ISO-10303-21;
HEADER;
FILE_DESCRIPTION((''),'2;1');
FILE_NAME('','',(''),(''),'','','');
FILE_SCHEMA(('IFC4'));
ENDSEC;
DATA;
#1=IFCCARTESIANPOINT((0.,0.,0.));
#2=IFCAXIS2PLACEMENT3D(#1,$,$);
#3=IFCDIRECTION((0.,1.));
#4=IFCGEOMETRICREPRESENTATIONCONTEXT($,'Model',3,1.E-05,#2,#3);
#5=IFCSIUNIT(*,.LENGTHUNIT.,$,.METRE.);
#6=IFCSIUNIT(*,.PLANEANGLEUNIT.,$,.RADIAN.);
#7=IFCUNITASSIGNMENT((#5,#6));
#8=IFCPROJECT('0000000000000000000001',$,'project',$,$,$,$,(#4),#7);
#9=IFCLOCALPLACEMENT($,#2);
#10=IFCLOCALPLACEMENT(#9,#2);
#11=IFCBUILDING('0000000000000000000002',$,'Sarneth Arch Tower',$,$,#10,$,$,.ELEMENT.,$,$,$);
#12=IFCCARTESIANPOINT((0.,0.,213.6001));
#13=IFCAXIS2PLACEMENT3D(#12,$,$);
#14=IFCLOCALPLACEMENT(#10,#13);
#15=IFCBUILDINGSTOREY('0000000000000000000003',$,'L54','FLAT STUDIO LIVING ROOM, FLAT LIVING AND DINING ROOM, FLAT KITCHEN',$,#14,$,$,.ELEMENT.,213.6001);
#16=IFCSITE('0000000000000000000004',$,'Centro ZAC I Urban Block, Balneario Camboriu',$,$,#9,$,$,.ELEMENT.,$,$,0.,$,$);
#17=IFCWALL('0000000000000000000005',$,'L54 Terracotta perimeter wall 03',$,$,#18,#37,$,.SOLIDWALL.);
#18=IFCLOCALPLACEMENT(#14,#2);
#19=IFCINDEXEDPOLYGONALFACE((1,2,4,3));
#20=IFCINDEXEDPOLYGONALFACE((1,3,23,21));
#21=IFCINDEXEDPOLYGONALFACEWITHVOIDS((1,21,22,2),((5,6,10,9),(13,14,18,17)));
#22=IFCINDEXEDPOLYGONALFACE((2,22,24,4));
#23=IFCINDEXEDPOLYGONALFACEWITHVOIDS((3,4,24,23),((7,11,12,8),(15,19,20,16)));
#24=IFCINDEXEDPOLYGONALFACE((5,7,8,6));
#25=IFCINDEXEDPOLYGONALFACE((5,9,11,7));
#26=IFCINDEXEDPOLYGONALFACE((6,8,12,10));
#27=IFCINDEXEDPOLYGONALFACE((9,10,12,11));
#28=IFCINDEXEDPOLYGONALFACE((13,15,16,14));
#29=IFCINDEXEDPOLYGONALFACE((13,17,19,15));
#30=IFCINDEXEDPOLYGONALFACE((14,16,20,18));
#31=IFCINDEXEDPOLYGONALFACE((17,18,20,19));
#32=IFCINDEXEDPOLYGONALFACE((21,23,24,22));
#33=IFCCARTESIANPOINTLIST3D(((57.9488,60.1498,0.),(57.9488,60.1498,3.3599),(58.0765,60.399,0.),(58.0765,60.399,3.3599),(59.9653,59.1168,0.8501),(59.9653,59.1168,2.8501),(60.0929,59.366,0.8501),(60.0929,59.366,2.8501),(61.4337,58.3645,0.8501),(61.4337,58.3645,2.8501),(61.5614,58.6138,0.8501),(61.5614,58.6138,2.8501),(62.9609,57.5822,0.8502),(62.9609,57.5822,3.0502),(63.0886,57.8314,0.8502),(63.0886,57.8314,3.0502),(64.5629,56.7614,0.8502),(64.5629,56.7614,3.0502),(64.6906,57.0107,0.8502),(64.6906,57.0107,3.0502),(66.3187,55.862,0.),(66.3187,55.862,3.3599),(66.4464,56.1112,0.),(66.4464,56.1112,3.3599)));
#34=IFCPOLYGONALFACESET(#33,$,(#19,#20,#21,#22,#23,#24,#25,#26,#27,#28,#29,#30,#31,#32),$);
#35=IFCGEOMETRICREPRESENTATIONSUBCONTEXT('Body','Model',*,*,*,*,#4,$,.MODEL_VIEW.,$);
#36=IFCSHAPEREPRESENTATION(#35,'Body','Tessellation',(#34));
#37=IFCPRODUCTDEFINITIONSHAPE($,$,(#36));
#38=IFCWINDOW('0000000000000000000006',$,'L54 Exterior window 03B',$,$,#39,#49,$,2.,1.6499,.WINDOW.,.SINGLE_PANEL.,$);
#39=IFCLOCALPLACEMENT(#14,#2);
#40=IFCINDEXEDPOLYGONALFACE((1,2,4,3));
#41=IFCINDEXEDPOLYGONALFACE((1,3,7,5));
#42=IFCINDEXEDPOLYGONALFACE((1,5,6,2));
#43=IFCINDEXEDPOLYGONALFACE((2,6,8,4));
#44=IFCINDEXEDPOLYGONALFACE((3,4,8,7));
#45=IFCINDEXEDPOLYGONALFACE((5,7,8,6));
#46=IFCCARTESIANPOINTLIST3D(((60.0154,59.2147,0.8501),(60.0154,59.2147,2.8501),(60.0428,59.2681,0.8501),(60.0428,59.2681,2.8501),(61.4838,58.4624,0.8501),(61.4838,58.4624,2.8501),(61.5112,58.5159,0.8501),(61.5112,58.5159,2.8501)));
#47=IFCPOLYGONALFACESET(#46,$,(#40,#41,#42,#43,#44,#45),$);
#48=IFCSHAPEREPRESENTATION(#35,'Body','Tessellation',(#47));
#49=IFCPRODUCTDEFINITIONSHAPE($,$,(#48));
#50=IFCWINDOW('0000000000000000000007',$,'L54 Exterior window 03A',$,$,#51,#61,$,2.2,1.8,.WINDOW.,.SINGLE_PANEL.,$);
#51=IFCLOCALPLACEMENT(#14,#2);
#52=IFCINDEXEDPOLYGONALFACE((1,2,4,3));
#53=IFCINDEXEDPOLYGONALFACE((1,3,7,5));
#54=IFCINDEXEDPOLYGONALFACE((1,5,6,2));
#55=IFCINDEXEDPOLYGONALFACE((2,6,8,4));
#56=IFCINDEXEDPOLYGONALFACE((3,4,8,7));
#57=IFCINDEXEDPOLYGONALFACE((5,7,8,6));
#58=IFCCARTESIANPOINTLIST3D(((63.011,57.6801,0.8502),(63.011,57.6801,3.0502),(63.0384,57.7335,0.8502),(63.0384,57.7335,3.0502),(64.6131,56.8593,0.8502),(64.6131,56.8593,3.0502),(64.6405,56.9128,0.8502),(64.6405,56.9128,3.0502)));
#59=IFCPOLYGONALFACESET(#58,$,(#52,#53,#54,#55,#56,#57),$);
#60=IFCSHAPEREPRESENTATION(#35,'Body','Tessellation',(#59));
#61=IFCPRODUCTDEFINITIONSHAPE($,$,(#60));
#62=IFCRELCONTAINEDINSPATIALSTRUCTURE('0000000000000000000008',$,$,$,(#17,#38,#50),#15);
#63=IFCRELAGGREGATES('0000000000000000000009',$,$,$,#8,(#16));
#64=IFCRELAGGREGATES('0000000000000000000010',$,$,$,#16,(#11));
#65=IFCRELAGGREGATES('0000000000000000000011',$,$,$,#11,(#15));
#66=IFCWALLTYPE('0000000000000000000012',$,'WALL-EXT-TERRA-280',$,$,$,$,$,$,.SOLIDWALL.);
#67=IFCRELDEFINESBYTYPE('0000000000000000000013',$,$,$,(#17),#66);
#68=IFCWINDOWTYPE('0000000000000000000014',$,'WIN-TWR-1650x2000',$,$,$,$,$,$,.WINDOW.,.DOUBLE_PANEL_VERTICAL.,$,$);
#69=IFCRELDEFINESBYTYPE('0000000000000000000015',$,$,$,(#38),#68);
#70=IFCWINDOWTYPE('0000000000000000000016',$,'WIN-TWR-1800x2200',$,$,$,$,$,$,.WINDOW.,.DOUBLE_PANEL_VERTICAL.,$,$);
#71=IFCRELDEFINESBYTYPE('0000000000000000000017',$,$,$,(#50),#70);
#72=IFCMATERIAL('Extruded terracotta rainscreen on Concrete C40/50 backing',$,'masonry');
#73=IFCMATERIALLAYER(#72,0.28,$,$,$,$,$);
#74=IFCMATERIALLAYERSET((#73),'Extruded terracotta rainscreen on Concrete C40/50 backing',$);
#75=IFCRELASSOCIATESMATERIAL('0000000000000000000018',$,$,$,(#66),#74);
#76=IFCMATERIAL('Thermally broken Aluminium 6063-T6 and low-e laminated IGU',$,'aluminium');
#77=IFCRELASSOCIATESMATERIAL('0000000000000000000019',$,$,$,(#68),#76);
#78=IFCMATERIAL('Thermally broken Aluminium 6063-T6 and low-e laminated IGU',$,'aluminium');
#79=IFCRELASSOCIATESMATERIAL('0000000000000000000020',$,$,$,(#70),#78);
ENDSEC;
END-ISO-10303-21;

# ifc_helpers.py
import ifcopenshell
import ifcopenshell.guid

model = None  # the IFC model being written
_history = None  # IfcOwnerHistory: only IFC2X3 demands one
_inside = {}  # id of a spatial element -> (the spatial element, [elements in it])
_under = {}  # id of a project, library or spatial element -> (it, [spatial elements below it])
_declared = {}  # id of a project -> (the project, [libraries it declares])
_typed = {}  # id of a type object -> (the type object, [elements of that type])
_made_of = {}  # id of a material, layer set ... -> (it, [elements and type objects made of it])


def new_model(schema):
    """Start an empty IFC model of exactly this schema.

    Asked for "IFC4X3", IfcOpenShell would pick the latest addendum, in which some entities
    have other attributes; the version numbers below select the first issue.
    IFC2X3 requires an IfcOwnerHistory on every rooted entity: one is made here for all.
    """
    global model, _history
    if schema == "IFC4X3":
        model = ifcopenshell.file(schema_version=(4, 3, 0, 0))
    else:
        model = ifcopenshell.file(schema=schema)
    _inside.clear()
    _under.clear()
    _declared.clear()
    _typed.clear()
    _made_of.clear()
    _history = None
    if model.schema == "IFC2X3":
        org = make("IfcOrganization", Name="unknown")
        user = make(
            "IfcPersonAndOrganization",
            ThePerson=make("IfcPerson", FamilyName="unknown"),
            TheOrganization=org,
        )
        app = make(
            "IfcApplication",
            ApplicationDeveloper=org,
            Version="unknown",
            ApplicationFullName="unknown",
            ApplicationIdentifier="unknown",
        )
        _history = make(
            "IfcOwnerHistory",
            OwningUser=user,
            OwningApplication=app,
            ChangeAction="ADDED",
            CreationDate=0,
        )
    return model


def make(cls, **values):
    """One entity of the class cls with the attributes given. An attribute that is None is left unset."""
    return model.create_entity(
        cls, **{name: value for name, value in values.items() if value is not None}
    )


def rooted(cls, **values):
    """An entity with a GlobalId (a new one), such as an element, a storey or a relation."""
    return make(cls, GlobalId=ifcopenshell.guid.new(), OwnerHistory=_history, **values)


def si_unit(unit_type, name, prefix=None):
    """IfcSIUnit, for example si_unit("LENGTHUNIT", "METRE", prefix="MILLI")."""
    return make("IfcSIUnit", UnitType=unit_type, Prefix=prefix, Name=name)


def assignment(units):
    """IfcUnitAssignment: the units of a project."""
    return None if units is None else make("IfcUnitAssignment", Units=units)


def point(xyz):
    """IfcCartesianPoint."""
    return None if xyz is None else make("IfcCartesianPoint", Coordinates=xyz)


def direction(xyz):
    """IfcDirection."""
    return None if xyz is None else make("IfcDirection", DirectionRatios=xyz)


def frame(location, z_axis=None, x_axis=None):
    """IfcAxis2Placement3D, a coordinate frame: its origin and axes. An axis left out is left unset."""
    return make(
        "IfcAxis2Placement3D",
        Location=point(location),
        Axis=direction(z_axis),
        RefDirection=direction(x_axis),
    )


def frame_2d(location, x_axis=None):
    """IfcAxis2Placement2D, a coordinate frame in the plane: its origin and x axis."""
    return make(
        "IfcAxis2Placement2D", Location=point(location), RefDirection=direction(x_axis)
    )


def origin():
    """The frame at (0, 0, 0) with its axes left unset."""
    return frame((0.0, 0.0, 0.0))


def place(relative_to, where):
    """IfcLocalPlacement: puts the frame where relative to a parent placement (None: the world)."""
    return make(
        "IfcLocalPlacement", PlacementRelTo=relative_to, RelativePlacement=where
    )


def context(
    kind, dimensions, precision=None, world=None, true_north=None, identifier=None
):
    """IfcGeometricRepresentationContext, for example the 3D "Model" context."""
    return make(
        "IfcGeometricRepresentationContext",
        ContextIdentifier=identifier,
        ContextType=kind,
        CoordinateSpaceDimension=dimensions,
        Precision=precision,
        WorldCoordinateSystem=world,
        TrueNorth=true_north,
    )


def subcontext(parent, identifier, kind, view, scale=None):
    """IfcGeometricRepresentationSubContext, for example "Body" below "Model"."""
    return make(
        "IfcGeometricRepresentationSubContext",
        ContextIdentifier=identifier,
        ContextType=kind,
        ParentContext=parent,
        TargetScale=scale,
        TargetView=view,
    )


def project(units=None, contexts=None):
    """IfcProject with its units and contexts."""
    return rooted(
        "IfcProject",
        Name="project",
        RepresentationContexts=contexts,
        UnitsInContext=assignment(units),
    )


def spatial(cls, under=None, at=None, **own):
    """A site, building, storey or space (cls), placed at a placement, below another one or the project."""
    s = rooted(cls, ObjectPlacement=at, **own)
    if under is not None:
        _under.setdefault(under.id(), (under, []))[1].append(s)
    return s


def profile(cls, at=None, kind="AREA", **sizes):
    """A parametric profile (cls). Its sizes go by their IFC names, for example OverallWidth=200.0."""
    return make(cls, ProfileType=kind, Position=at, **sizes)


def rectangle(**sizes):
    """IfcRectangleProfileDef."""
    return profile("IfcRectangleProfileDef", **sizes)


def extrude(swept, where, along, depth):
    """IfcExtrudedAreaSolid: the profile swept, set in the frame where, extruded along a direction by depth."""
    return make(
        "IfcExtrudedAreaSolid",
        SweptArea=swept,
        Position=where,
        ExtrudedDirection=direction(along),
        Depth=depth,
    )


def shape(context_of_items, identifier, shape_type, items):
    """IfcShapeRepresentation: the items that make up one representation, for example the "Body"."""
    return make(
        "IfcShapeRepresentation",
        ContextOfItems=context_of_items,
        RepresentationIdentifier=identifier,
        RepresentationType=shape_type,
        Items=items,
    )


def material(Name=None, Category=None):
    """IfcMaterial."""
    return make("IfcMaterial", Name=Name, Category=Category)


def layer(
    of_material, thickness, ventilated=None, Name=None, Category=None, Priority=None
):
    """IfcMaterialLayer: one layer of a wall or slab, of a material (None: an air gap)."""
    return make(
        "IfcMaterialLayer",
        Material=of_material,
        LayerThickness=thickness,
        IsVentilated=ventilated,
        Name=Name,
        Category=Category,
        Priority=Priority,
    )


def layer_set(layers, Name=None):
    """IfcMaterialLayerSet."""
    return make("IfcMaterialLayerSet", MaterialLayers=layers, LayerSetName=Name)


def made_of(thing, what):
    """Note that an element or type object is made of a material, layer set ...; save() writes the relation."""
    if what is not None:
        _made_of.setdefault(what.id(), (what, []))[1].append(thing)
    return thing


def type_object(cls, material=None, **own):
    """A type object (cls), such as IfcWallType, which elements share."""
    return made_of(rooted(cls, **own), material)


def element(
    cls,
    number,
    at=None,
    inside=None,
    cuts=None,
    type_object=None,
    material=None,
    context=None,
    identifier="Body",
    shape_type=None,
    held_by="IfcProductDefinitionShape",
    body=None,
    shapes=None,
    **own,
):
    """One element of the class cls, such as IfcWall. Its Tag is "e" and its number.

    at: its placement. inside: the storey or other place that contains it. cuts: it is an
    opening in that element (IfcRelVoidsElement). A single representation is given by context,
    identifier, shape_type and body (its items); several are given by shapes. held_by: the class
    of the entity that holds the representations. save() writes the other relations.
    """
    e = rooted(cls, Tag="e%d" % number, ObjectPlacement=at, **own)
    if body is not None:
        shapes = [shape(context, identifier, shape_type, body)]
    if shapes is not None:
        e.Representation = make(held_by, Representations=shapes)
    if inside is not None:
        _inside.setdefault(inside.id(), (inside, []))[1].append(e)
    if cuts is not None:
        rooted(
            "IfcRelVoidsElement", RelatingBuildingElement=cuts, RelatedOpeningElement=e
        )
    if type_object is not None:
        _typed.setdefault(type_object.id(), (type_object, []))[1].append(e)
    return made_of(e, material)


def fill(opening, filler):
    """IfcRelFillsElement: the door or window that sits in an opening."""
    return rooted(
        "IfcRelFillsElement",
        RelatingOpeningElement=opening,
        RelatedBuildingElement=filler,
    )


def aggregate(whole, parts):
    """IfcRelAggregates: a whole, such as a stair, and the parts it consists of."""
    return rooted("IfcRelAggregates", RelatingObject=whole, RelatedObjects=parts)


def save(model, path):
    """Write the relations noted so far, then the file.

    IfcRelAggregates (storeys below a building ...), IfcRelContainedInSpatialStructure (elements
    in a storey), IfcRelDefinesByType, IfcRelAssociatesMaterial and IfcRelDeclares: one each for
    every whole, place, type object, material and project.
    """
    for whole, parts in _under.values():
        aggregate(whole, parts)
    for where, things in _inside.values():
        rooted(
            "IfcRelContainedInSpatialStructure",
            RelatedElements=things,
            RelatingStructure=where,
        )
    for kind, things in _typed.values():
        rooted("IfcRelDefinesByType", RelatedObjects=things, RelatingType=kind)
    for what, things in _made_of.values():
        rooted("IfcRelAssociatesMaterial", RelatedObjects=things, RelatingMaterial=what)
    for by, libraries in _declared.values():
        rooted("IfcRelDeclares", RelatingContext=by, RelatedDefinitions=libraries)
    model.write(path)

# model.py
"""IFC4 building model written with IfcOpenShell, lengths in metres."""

from ifc_helpers import new_model, si_unit, direction, frame, frame_2d, origin, place, context, subcontext, project, spatial, rectangle, extrude, material, layer, layer_set, type_object, element, fill, save


model = new_model("IFC4")

# Units and contexts
model_context = context("Model", 3, precision=1e-05, world=origin(), true_north=direction((0.0, 1.0)))
body_context = subcontext(model_context, "Body", "Model", "MODEL_VIEW")
ifc_project = project(units=[si_unit("LENGTHUNIT", "METRE"), si_unit("PLANEANGLEUNIT", "RADIAN")], contexts=[model_context])

# Site, building, storey
site_placement = place(None, origin())
site = spatial("IfcSite", under=ifc_project, at=site_placement, Name="Centro ZAC I Urban Block, Balneario Camboriu", CompositionType="ELEMENT", RefElevation=0.0)
building_placement = place(site_placement, origin())
building = spatial("IfcBuilding", under=site, at=building_placement, Name="Sarneth Arch Tower", CompositionType="ELEMENT")
storey_placement = place(building_placement, frame((0.0, 0.0, 213.6001)))
storey = spatial("IfcBuildingStorey", under=building, at=storey_placement, Name="L54", Description="FLAT STUDIO LIVING ROOM, FLAT LIVING AND DINING ROOM, FLAT KITCHEN", CompositionType="ELEMENT", Elevation=213.6001)

# Wall, openings, windows
ifc_material_1 = material(Name="Extruded terracotta rainscreen on Concrete C40/50 backing", Category="masonry")
ifc_layer_1 = layer(ifc_material_1, 0.28)
ifc_layer_set_1 = layer_set([ifc_layer_1], Name="Extruded terracotta rainscreen on Concrete C40/50 backing")
wall_type = type_object("IfcWallType", Name="WALL-EXT-TERRA-280", PredefinedType="SOLIDWALL", material=ifc_layer_set_1)
wall_placement = place(storey_placement, frame((66.3826, 55.9866, 0.0), z_axis=(0.0, 0.0, 1.0), x_axis=(-0.890007, 0.455946, 0.0)))
wall = element("IfcWall", 1, at=wall_placement, inside=storey, type_object=wall_type, Name="L54 Terracotta perimeter wall 03", PredefinedType="SOLIDWALL", context=body_context, shape_type="SweptSolid", body=[
    extrude(rectangle(XDim=9.4043, YDim=0.28, at=frame_2d((4.7021, 0.0))), origin(), (0.0, 0.0, 1.0), 3.3599),
])
opening_1_placement = place(wall_placement, frame((1.9729, 0.0, 0.8501)))
opening_1 = element("IfcOpeningElement", 2, at=opening_1_placement, cuts=wall, PredefinedType="OPENING", context=body_context, shape_type="SweptSolid", body=[
    extrude(rectangle(XDim=1.8, YDim=2.2, at=frame_2d((0.8999, 1.1001))), frame((0.0, 0.1499, 0.0), z_axis=(0.0, -1.0, 0.0), x_axis=(1.0, 0.0, 0.0)), (0.0, 0.0, 1.0), 0.3),
])
opening_2_placement = place(wall_placement, frame((5.4888, 0.0, 0.8501)))
opening_2 = element("IfcOpeningElement", 3, at=opening_2_placement, cuts=wall, PredefinedType="OPENING", context=body_context, shape_type="SweptSolid", body=[
    extrude(rectangle(XDim=1.6499, YDim=2.0, at=frame_2d((0.825, 1.0))), frame((0.0, 0.1499, 0.0), z_axis=(0.0, -1.0, 0.0), x_axis=(1.0, 0.0, 0.0)), (0.0, 0.0, 1.0), 0.3),
])
ifc_material_2 = material(Name="Thermally broken Aluminium 6063-T6 and low-e laminated IGU", Category="aluminium")
window_type_1 = type_object("IfcWindowType", Name="WIN-TWR-1650x2000", PartitioningType="DOUBLE_PANEL_VERTICAL", PredefinedType="WINDOW", material=ifc_material_2)
window_1_placement = place(opening_2_placement, origin())
window_1 = element("IfcWindow", 4, at=window_1_placement, inside=storey, type_object=window_type_1, Name="L54 Exterior window 03B", OverallHeight=2.0, OverallWidth=1.6499, PartitioningType="SINGLE_PANEL", PredefinedType="WINDOW", context=body_context, shape_type="SweptSolid", body=[
    extrude(rectangle(XDim=1.6499, YDim=2.0, at=frame_2d((0.825, 1.0))), frame((0.0, 0.03, 0.0), z_axis=(0.0, -1.0, 0.0), x_axis=(1.0, 0.0, 0.0)), (0.0, 0.0, 1.0), 0.0601),
])
fill(opening_2, window_1)
ifc_material_3 = material(Name="Thermally broken Aluminium 6063-T6 and low-e laminated IGU", Category="aluminium")
window_type_2 = type_object("IfcWindowType", Name="WIN-TWR-1800x2200", PartitioningType="DOUBLE_PANEL_VERTICAL", PredefinedType="WINDOW", material=ifc_material_3)
window_2_placement = place(opening_1_placement, origin())
window_2 = element("IfcWindow", 5, at=window_2_placement, inside=storey, type_object=window_type_2, Name="L54 Exterior window 03A", OverallHeight=2.2, OverallWidth=1.8, PartitioningType="SINGLE_PANEL", PredefinedType="WINDOW", context=body_context, shape_type="SweptSolid", body=[
    extrude(rectangle(XDim=1.8, YDim=2.2, at=frame_2d((0.8999, 1.1001))), frame((0.0, 0.03, 0.0), z_axis=(0.0, -1.0, 0.0), x_axis=(1.0, 0.0, 0.0)), (0.0, 0.0, 1.0), 0.0601),
])
fill(opening_1, window_2)

save(model, "model.ifc")
